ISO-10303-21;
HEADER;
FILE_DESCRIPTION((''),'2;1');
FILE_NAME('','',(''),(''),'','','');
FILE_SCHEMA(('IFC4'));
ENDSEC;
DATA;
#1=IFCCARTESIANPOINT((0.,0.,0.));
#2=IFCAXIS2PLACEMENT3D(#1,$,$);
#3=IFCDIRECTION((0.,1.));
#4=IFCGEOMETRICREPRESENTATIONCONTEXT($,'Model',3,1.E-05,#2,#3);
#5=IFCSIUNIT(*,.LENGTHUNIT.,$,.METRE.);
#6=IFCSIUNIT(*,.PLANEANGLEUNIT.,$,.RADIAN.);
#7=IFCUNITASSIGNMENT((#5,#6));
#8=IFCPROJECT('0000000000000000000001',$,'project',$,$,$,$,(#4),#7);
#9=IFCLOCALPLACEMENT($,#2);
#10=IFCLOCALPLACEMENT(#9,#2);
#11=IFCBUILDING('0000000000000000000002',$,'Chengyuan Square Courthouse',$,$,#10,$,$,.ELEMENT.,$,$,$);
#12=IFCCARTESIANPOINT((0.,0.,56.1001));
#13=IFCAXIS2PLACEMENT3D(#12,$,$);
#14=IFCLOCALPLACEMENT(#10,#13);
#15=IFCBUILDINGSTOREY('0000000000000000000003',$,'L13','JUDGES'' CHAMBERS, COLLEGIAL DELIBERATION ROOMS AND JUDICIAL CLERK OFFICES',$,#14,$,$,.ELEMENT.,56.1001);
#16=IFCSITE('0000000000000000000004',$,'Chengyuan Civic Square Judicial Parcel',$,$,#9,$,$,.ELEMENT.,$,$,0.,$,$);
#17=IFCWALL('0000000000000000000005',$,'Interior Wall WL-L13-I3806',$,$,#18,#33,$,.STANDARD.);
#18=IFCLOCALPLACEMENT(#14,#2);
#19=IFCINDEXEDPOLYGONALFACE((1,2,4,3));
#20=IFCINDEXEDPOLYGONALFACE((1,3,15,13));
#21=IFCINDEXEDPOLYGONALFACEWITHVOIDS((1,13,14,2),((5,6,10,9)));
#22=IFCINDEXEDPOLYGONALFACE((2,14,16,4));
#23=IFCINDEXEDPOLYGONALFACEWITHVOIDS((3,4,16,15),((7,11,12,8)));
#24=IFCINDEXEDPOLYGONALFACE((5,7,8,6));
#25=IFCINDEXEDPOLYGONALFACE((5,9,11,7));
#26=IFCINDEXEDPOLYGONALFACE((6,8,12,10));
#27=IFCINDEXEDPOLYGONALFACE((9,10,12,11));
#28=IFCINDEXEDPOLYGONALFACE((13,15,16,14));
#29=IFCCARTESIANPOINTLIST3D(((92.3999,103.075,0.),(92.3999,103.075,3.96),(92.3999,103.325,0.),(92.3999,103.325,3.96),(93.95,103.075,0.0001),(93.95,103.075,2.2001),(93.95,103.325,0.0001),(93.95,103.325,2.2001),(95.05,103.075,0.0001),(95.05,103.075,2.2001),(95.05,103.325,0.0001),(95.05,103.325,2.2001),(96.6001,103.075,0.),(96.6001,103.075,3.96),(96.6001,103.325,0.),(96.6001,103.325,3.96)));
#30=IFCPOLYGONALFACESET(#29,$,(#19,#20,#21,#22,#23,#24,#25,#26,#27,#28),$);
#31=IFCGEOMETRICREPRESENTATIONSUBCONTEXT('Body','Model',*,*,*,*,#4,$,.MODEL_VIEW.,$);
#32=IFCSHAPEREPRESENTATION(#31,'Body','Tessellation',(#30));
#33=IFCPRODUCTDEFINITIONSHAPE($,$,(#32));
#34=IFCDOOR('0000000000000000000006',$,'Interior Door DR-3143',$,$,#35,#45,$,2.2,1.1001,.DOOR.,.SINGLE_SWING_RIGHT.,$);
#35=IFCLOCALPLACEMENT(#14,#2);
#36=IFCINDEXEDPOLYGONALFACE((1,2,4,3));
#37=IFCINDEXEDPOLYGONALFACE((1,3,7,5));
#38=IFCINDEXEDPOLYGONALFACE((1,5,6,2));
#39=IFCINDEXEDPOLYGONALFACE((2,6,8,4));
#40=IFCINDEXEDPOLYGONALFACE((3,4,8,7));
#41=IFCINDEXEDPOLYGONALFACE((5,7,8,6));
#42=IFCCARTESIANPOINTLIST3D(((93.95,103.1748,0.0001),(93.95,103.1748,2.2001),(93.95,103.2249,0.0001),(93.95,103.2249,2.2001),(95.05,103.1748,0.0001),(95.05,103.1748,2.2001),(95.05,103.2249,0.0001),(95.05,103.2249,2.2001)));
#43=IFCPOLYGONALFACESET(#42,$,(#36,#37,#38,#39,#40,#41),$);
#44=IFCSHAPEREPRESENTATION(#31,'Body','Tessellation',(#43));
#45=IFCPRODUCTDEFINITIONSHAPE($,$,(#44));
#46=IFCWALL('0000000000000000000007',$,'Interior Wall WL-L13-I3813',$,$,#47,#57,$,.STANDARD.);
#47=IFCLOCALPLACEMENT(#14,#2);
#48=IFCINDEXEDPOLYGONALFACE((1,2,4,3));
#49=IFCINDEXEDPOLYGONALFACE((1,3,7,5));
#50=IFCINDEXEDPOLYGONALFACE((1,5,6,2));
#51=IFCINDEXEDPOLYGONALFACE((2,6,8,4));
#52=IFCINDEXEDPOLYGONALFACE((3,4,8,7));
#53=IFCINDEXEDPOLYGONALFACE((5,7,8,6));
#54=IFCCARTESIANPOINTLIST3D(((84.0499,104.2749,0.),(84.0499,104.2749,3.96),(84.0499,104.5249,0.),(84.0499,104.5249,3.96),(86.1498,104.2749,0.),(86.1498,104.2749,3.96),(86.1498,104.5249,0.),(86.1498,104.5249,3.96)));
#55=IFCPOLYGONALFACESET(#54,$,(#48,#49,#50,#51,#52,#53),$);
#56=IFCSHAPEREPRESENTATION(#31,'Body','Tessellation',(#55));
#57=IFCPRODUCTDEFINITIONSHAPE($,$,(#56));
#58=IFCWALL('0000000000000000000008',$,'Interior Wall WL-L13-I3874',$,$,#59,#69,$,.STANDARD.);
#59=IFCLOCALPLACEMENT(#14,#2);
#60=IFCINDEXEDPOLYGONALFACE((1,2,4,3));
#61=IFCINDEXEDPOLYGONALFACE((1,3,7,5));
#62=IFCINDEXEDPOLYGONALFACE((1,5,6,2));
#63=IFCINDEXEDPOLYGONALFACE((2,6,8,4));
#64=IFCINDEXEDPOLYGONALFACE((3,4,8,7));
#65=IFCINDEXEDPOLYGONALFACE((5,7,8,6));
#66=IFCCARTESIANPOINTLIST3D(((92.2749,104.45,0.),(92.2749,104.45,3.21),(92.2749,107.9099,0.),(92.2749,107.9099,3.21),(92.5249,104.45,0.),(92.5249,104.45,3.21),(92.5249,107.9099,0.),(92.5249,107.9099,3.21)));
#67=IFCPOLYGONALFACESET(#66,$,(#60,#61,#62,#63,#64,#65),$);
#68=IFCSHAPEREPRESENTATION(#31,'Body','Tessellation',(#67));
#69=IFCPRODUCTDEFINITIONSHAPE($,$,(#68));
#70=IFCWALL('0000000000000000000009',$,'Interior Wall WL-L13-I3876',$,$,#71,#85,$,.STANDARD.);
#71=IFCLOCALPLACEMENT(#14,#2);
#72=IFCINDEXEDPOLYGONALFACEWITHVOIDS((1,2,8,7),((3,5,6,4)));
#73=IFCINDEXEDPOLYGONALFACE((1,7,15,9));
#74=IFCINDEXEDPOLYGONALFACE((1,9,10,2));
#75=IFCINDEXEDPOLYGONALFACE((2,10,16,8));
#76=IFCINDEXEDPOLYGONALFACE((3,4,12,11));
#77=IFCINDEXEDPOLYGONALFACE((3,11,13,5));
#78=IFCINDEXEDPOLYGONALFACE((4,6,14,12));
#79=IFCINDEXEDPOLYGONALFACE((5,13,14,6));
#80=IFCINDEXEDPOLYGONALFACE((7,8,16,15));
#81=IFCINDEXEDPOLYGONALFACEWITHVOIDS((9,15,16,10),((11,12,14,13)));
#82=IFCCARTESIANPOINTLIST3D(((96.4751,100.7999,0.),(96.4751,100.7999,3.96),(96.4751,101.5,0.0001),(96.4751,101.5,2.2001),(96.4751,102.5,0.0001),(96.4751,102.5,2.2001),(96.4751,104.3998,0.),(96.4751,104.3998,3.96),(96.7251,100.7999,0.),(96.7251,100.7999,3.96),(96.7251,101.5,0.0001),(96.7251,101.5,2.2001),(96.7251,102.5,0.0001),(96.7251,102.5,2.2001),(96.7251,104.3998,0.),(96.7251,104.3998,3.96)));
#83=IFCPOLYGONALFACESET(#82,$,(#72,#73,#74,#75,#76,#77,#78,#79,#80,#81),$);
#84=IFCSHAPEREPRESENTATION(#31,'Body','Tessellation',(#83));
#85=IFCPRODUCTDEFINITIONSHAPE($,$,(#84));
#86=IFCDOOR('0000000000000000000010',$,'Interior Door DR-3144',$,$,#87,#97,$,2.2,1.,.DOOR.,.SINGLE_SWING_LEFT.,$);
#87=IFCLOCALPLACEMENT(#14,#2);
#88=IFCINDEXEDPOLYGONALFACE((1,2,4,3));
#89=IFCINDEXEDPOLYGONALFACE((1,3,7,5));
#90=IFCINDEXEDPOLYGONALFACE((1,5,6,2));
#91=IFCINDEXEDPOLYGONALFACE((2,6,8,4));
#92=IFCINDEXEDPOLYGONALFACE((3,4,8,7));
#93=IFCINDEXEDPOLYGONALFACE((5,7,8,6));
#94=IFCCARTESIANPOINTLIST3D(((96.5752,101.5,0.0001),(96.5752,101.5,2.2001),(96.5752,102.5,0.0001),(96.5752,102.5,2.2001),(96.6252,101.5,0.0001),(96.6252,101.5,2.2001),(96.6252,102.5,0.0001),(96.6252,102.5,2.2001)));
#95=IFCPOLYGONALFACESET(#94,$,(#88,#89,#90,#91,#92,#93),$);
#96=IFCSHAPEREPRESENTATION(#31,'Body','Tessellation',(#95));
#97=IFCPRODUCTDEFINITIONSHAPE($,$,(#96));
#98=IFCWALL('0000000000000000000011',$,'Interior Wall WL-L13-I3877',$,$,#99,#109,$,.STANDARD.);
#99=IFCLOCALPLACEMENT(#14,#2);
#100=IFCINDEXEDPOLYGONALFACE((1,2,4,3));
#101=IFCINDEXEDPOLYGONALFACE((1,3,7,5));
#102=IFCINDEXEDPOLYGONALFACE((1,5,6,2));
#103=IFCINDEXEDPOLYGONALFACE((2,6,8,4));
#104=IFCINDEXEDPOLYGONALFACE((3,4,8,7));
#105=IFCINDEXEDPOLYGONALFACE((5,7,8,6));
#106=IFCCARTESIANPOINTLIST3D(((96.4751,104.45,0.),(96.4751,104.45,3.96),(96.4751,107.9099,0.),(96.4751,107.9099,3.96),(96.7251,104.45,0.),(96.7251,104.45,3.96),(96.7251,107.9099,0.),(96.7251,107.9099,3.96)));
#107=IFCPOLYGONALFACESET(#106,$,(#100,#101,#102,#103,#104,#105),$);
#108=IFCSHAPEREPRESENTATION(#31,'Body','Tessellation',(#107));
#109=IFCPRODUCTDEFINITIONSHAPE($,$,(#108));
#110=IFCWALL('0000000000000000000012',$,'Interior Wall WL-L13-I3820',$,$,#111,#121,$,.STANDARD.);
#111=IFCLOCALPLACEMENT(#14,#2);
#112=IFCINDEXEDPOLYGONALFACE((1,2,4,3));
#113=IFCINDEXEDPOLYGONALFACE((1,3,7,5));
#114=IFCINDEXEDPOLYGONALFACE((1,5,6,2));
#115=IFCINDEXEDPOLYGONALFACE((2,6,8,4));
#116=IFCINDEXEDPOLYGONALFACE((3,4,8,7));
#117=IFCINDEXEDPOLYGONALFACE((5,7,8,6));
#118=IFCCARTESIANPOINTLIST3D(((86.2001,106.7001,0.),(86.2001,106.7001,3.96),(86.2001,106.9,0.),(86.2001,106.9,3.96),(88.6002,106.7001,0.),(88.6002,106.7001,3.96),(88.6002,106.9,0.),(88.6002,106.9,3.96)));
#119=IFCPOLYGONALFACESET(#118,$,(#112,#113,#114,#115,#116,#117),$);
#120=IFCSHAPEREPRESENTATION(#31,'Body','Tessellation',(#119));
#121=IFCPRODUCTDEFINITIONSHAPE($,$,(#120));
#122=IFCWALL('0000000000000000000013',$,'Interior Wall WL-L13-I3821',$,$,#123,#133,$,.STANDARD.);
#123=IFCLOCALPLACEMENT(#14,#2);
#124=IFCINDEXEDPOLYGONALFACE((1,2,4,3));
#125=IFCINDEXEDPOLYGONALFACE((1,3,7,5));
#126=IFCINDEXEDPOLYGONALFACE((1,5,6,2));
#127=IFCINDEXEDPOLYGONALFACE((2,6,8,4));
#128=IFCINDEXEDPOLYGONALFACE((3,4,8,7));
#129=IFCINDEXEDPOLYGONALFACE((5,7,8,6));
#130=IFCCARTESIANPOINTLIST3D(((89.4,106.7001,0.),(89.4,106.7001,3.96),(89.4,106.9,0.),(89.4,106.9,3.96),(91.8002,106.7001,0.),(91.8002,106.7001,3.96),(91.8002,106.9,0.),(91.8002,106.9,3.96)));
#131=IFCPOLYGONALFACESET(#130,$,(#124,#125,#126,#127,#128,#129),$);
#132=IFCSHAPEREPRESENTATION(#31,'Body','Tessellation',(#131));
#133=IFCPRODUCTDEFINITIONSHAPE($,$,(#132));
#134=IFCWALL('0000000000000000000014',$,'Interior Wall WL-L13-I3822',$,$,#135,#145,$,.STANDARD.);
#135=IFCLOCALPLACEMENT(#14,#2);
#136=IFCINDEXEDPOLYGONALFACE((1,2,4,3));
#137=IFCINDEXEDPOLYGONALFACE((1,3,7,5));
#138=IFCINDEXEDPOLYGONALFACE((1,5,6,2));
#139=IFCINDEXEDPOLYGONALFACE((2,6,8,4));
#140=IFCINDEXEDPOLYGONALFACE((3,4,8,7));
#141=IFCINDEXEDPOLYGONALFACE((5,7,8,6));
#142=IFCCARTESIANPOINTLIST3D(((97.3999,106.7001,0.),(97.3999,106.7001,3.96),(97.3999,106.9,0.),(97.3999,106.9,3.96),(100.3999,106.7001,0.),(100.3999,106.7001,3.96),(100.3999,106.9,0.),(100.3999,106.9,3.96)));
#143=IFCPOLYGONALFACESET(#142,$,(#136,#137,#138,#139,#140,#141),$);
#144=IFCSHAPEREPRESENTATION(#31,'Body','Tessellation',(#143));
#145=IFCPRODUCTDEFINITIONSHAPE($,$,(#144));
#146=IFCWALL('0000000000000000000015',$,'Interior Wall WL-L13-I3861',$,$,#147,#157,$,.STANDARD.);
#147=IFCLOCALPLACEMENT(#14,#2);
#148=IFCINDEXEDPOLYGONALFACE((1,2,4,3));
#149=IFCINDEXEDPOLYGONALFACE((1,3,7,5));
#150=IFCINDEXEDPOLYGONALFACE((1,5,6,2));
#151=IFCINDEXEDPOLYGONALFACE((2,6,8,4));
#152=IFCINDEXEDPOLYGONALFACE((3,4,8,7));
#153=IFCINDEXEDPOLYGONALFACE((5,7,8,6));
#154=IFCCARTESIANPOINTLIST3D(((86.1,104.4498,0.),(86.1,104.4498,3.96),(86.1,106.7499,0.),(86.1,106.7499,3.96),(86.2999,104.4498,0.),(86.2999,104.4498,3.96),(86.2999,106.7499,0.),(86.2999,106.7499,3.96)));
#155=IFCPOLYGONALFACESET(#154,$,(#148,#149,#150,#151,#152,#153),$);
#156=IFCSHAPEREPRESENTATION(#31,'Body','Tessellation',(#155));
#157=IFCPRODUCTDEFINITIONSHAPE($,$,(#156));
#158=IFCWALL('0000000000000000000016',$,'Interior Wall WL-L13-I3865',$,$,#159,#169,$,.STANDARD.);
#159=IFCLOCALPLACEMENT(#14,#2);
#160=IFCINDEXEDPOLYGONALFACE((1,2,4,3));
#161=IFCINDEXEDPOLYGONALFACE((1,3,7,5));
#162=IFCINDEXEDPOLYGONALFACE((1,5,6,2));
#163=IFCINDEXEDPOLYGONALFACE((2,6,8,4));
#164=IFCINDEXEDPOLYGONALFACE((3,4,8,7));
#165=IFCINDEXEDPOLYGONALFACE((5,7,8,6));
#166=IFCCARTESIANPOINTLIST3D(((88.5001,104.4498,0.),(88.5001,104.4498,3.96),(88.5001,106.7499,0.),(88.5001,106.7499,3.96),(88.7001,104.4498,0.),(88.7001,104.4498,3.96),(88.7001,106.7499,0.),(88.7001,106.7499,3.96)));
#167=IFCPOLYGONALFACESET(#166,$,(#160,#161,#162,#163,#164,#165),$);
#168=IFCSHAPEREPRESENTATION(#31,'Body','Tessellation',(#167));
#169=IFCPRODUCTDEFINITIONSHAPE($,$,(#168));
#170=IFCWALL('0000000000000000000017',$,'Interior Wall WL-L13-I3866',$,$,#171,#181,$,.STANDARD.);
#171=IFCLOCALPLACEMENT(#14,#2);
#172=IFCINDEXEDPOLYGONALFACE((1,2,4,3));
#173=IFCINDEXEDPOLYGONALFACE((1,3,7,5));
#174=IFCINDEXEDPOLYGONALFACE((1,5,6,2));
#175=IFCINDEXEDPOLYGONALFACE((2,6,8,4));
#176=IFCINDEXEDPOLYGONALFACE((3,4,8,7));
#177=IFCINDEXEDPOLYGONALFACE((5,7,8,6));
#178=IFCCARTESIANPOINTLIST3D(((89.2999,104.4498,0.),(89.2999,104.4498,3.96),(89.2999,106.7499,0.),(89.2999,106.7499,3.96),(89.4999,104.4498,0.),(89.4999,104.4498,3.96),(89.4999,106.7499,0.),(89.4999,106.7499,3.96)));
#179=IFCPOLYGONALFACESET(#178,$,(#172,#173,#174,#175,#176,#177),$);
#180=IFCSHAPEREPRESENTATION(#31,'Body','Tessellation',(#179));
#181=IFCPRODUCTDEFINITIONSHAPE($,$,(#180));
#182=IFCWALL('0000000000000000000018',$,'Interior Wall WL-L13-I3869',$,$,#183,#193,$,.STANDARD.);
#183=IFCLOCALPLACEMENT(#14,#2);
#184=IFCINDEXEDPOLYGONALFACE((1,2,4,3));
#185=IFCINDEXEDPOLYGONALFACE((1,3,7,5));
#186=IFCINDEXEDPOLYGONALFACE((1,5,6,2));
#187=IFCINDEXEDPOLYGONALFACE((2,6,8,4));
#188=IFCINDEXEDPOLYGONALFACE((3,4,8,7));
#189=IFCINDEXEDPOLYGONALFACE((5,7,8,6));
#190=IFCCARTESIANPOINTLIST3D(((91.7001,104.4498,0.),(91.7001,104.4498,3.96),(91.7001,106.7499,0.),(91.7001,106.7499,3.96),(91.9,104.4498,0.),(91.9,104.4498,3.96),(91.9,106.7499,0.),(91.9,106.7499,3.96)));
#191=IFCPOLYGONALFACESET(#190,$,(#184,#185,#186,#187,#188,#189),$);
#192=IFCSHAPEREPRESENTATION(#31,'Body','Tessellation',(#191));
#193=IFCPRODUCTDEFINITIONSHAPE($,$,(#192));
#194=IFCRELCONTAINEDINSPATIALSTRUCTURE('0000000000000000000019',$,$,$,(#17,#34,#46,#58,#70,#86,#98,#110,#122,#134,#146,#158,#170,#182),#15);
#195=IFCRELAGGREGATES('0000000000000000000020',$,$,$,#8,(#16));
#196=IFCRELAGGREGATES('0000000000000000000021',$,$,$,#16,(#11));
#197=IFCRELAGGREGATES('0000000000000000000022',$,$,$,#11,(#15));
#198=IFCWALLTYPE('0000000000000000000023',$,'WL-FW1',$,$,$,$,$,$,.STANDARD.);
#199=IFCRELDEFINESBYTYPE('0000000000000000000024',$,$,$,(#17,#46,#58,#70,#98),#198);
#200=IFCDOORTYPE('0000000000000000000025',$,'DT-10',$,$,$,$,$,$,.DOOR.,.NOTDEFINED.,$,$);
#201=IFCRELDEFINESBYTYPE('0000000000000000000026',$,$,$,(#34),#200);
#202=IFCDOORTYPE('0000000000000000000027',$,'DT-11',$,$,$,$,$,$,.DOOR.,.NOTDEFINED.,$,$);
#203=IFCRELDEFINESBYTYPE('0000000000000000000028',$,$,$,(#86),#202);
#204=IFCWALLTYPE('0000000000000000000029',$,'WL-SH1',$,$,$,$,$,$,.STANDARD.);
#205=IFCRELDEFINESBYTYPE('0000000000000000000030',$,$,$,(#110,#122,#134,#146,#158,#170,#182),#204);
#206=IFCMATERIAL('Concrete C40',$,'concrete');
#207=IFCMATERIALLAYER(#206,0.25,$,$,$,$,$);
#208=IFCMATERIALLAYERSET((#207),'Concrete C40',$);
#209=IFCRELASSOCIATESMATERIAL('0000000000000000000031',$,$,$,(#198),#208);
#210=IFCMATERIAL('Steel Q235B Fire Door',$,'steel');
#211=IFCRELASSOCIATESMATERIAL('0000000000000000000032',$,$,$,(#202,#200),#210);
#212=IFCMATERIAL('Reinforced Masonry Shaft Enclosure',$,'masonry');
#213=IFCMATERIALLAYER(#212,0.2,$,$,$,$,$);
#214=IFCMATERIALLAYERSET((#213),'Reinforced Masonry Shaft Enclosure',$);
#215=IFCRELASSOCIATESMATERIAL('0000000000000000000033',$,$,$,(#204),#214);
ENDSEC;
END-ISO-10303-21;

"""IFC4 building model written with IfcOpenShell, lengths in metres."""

from ifc_helpers import new_model, si_unit, direction, frame, frame_2d, origin, place, context, subcontext, project, spatial, rectangle, extrude, material, layer, layer_set, type_object, element, fill, save


model = new_model("IFC4")

# Units and contexts
model_context = context("Model", 3, precision=1e-05, world=origin(), true_north=direction((0.0, 1.0)))
body_context = subcontext(model_context, "Body", "Model", "MODEL_VIEW")
ifc_project = project(units=[si_unit("LENGTHUNIT", "METRE"), si_unit("PLANEANGLEUNIT", "RADIAN")], contexts=[model_context])

# Site, building, storey
site_placement = place(None, origin())
site = spatial("IfcSite", under=ifc_project, at=site_placement, Name="Chengyuan Civic Square Judicial Parcel", CompositionType="ELEMENT", RefElevation=0.0)
building_placement = place(site_placement, origin())
building = spatial("IfcBuilding", under=site, at=building_placement, Name="Chengyuan Square Courthouse", CompositionType="ELEMENT")
storey_placement = place(building_placement, frame((0.0, 0.0, 56.1001)))
storey = spatial("IfcBuildingStorey", under=building, at=storey_placement, Name="L13", Description="JUDGES' CHAMBERS, COLLEGIAL DELIBERATION ROOMS AND JUDICIAL CLERK OFFICES", CompositionType="ELEMENT", Elevation=56.1001)

# Shared definitions
ifc_material_1 = material(Name="Concrete C40", Category="concrete")

# Wall, opening, door
ifc_layer_1 = layer(ifc_material_1, 0.25)
ifc_layer_set_1 = layer_set([ifc_layer_1], Name="Concrete C40")
wall_type_1 = type_object("IfcWallType", Name="WL-FW1", PredefinedType="STANDARD", material=ifc_layer_set_1)
ifc_material_2 = material(Name="Steel Q235B Fire Door", Category="steel")
door_type_1 = type_object("IfcDoorType", Name="DT-11", OperationType="NOTDEFINED", PredefinedType="DOOR", material=ifc_material_2)
wall_1_placement = place(storey_placement, frame((92.3999, 103.2, 0.0), z_axis=(0.0, 0.0, 1.0), x_axis=(1.0, 0.0, 0.0)))
wall_1 = element("IfcWall", 1, at=wall_1_placement, inside=storey, type_object=wall_type_1, Name="Interior Wall WL-L13-I3806", PredefinedType="STANDARD", context=body_context, shape_type="SweptSolid", body=[
    extrude(rectangle(XDim=4.2002, YDim=0.25, at=frame_2d((2.1001, 0.0))), origin(), (0.0, 0.0, 1.0), 3.96),
])
opening_1_placement = place(wall_1_placement, frame((1.55, 0.0, 0.0)))
opening_1 = element("IfcOpeningElement", 2, at=opening_1_placement, cuts=wall_1, PredefinedType="OPENING", context=body_context, shape_type="SweptSolid", body=[
    extrude(rectangle(XDim=1.1001, YDim=2.2, at=frame_2d((0.55, 1.1001))), frame((0.0, 0.137, 0.0), z_axis=(0.0, -1.0, 0.0), x_axis=(1.0, 0.0, 0.0)), (0.0, 0.0, 1.0), 0.2739),
])
door_type_2 = type_object("IfcDoorType", Name="DT-10", OperationType="NOTDEFINED", PredefinedType="DOOR", material=ifc_material_2)
door_1_placement = place(opening_1_placement, origin())
door_1 = element("IfcDoor", 3, at=door_1_placement, inside=storey, type_object=door_type_2, Name="Interior Door DR-3143", OperationType="SINGLE_SWING_RIGHT", OverallHeight=2.2, OverallWidth=1.1001, PredefinedType="DOOR", context=body_context, shape_type="SweptSolid", body=[
    extrude(rectangle(XDim=1.1001, YDim=2.2, at=frame_2d((0.55, 1.1001))), frame((0.0, 0.0249, 0.0), z_axis=(0.0, -1.0, 0.0), x_axis=(1.0, 0.0, 0.0)), (0.0, 0.0, 1.0), 0.05),
])
fill(opening_1, door_1)

# Walls
wall_2_placement = place(storey_placement, frame((84.05, 104.3999, 0.0), z_axis=(0.0, 0.0, 1.0), x_axis=(1.0, 0.0, 0.0)))
element("IfcWall", 4, at=wall_2_placement, inside=storey, type_object=wall_type_1, Name="Interior Wall WL-L13-I3813", PredefinedType="STANDARD", context=body_context, shape_type="SweptSolid", body=[
    extrude(rectangle(XDim=2.0999, YDim=0.25, at=frame_2d((1.0498, 0.0))), origin(), (0.0, 0.0, 1.0), 3.96),
])
wall_3_placement = place(storey_placement, frame((92.3999, 104.45, 0.0), z_axis=(0.0, 0.0, 1.0), x_axis=(0.0, 1.0, 0.0)))
element("IfcWall", 5, at=wall_3_placement, inside=storey, type_object=wall_type_1, Name="Interior Wall WL-L13-I3874", PredefinedType="STANDARD", context=body_context, shape_type="SweptSolid", body=[
    extrude(rectangle(XDim=3.46, YDim=0.25, at=frame_2d((1.73, 0.0))), origin(), (0.0, 0.0, 1.0), 3.21),
])

# Wall, opening, door
wall_4_placement = place(storey_placement, frame((96.6001, 100.8, 0.0), z_axis=(0.0, 0.0, 1.0), x_axis=(0.0, 1.0, 0.0)))
wall_4 = element("IfcWall", 6, at=wall_4_placement, inside=storey, type_object=wall_type_1, Name="Interior Wall WL-L13-I3876", PredefinedType="STANDARD", context=body_context, shape_type="SweptSolid", body=[
    extrude(rectangle(XDim=3.5999, YDim=0.25, at=frame_2d((1.7998, 0.0))), origin(), (0.0, 0.0, 1.0), 3.96),
])
opening_2_placement = place(wall_4_placement, frame((0.7, 0.0, 0.0)))
opening_2 = element("IfcOpeningElement", 7, at=opening_2_placement, cuts=wall_4, PredefinedType="OPENING", context=body_context, shape_type="SweptSolid", body=[
    extrude(rectangle(XDim=1.0, YDim=2.2, at=frame_2d((0.5, 1.1001))), frame((0.0, 0.137, 0.0), z_axis=(0.0, -1.0, 0.0), x_axis=(1.0, 0.0, 0.0)), (0.0, 0.0, 1.0), 0.2739),
])
door_2_placement = place(opening_2_placement, origin())
door_2 = element("IfcDoor", 8, at=door_2_placement, inside=storey, type_object=door_type_1, Name="Interior Door DR-3144", OperationType="SINGLE_SWING_LEFT", OverallHeight=2.2, OverallWidth=1.0, PredefinedType="DOOR", context=body_context, shape_type="SweptSolid", body=[
    extrude(rectangle(XDim=1.0, YDim=2.2, at=frame_2d((0.5, 1.1001))), frame((0.0, 0.0249, 0.0), z_axis=(0.0, -1.0, 0.0), x_axis=(1.0, 0.0, 0.0)), (0.0, 0.0, 1.0), 0.05),
])
fill(opening_2, door_2)

# Wall
wall_5_placement = place(storey_placement, frame((96.6001, 104.45, 0.0), z_axis=(0.0, 0.0, 1.0), x_axis=(0.0, 1.0, 0.0)))
element("IfcWall", 9, at=wall_5_placement, inside=storey, type_object=wall_type_1, Name="Interior Wall WL-L13-I3877", PredefinedType="STANDARD", context=body_context, shape_type="SweptSolid", body=[
    extrude(rectangle(XDim=3.46, YDim=0.25, at=frame_2d((1.73, 0.0))), origin(), (0.0, 0.0, 1.0), 3.96),
])

# Shared definitions
ifc_material_3 = material(Name="Reinforced Masonry Shaft Enclosure", Category="masonry")
ifc_layer_2 = layer(ifc_material_3, 0.2)
ifc_layer_set_2 = layer_set([ifc_layer_2], Name="Reinforced Masonry Shaft Enclosure")
wall_type_2 = type_object("IfcWallType", Name="WL-SH1", PredefinedType="STANDARD", material=ifc_layer_set_2)

# Walls
for number, where, z_axis, x_axis, name in (
    (10, (86.2, 106.8, 0.0), (0.0, 0.0, 1.0), (1.0, 0.0, 0.0), "Interior Wall WL-L13-I3820"),
    (11, (89.3999, 106.8, 0.0), (0.0, 0.0, 1.0), (1.0, 0.0, 0.0), "Interior Wall WL-L13-I3821"),
):
    element("IfcWall", number, at=place(storey_placement, frame(where, z_axis=z_axis, x_axis=x_axis)), inside=storey, type_object=wall_type_2, Name=name, PredefinedType="STANDARD", context=body_context, shape_type="SweptSolid", body=[
        extrude(rectangle(XDim=2.4001, YDim=0.2, at=frame_2d((1.2002, 0.0))), origin(), (0.0, 0.0, 1.0), 3.96),
    ])
wall_6_placement = place(storey_placement, frame((97.3999, 106.8, 0.0), z_axis=(0.0, 0.0, 1.0), x_axis=(1.0, 0.0, 0.0)))
element("IfcWall", 12, at=wall_6_placement, inside=storey, type_object=wall_type_2, Name="Interior Wall WL-L13-I3822", PredefinedType="STANDARD", context=body_context, shape_type="SweptSolid", body=[
    extrude(rectangle(XDim=3.0, YDim=0.2, at=frame_2d((1.5, 0.0))), origin(), (0.0, 0.0, 1.0), 3.96),
])
for number, where, z_axis, x_axis, name in (
    (13, (86.2, 104.45, 0.0), (0.0, 0.0, 1.0), (0.0, 1.0, 0.0), "Interior Wall WL-L13-I3861"),
    (14, (88.6001, 104.45, 0.0), (0.0, 0.0, 1.0), (0.0, 1.0, 0.0), "Interior Wall WL-L13-I3865"),
    (15, (89.3999, 104.45, 0.0), (0.0, 0.0, 1.0), (0.0, 1.0, 0.0), "Interior Wall WL-L13-I3866"),
    (16, (91.8, 104.45, 0.0), (0.0, 0.0, 1.0), (0.0, 1.0, 0.0), "Interior Wall WL-L13-I3869"),
):
    element("IfcWall", number, at=place(storey_placement, frame(where, z_axis=z_axis, x_axis=x_axis)), inside=storey, type_object=wall_type_2, Name=name, PredefinedType="STANDARD", context=body_context, shape_type="SweptSolid", body=[
        extrude(rectangle(XDim=2.3, YDim=0.2, at=frame_2d((1.1499, 0.0))), origin(), (0.0, 0.0, 1.0), 3.96),
    ])

save(model, "model.ifc")
